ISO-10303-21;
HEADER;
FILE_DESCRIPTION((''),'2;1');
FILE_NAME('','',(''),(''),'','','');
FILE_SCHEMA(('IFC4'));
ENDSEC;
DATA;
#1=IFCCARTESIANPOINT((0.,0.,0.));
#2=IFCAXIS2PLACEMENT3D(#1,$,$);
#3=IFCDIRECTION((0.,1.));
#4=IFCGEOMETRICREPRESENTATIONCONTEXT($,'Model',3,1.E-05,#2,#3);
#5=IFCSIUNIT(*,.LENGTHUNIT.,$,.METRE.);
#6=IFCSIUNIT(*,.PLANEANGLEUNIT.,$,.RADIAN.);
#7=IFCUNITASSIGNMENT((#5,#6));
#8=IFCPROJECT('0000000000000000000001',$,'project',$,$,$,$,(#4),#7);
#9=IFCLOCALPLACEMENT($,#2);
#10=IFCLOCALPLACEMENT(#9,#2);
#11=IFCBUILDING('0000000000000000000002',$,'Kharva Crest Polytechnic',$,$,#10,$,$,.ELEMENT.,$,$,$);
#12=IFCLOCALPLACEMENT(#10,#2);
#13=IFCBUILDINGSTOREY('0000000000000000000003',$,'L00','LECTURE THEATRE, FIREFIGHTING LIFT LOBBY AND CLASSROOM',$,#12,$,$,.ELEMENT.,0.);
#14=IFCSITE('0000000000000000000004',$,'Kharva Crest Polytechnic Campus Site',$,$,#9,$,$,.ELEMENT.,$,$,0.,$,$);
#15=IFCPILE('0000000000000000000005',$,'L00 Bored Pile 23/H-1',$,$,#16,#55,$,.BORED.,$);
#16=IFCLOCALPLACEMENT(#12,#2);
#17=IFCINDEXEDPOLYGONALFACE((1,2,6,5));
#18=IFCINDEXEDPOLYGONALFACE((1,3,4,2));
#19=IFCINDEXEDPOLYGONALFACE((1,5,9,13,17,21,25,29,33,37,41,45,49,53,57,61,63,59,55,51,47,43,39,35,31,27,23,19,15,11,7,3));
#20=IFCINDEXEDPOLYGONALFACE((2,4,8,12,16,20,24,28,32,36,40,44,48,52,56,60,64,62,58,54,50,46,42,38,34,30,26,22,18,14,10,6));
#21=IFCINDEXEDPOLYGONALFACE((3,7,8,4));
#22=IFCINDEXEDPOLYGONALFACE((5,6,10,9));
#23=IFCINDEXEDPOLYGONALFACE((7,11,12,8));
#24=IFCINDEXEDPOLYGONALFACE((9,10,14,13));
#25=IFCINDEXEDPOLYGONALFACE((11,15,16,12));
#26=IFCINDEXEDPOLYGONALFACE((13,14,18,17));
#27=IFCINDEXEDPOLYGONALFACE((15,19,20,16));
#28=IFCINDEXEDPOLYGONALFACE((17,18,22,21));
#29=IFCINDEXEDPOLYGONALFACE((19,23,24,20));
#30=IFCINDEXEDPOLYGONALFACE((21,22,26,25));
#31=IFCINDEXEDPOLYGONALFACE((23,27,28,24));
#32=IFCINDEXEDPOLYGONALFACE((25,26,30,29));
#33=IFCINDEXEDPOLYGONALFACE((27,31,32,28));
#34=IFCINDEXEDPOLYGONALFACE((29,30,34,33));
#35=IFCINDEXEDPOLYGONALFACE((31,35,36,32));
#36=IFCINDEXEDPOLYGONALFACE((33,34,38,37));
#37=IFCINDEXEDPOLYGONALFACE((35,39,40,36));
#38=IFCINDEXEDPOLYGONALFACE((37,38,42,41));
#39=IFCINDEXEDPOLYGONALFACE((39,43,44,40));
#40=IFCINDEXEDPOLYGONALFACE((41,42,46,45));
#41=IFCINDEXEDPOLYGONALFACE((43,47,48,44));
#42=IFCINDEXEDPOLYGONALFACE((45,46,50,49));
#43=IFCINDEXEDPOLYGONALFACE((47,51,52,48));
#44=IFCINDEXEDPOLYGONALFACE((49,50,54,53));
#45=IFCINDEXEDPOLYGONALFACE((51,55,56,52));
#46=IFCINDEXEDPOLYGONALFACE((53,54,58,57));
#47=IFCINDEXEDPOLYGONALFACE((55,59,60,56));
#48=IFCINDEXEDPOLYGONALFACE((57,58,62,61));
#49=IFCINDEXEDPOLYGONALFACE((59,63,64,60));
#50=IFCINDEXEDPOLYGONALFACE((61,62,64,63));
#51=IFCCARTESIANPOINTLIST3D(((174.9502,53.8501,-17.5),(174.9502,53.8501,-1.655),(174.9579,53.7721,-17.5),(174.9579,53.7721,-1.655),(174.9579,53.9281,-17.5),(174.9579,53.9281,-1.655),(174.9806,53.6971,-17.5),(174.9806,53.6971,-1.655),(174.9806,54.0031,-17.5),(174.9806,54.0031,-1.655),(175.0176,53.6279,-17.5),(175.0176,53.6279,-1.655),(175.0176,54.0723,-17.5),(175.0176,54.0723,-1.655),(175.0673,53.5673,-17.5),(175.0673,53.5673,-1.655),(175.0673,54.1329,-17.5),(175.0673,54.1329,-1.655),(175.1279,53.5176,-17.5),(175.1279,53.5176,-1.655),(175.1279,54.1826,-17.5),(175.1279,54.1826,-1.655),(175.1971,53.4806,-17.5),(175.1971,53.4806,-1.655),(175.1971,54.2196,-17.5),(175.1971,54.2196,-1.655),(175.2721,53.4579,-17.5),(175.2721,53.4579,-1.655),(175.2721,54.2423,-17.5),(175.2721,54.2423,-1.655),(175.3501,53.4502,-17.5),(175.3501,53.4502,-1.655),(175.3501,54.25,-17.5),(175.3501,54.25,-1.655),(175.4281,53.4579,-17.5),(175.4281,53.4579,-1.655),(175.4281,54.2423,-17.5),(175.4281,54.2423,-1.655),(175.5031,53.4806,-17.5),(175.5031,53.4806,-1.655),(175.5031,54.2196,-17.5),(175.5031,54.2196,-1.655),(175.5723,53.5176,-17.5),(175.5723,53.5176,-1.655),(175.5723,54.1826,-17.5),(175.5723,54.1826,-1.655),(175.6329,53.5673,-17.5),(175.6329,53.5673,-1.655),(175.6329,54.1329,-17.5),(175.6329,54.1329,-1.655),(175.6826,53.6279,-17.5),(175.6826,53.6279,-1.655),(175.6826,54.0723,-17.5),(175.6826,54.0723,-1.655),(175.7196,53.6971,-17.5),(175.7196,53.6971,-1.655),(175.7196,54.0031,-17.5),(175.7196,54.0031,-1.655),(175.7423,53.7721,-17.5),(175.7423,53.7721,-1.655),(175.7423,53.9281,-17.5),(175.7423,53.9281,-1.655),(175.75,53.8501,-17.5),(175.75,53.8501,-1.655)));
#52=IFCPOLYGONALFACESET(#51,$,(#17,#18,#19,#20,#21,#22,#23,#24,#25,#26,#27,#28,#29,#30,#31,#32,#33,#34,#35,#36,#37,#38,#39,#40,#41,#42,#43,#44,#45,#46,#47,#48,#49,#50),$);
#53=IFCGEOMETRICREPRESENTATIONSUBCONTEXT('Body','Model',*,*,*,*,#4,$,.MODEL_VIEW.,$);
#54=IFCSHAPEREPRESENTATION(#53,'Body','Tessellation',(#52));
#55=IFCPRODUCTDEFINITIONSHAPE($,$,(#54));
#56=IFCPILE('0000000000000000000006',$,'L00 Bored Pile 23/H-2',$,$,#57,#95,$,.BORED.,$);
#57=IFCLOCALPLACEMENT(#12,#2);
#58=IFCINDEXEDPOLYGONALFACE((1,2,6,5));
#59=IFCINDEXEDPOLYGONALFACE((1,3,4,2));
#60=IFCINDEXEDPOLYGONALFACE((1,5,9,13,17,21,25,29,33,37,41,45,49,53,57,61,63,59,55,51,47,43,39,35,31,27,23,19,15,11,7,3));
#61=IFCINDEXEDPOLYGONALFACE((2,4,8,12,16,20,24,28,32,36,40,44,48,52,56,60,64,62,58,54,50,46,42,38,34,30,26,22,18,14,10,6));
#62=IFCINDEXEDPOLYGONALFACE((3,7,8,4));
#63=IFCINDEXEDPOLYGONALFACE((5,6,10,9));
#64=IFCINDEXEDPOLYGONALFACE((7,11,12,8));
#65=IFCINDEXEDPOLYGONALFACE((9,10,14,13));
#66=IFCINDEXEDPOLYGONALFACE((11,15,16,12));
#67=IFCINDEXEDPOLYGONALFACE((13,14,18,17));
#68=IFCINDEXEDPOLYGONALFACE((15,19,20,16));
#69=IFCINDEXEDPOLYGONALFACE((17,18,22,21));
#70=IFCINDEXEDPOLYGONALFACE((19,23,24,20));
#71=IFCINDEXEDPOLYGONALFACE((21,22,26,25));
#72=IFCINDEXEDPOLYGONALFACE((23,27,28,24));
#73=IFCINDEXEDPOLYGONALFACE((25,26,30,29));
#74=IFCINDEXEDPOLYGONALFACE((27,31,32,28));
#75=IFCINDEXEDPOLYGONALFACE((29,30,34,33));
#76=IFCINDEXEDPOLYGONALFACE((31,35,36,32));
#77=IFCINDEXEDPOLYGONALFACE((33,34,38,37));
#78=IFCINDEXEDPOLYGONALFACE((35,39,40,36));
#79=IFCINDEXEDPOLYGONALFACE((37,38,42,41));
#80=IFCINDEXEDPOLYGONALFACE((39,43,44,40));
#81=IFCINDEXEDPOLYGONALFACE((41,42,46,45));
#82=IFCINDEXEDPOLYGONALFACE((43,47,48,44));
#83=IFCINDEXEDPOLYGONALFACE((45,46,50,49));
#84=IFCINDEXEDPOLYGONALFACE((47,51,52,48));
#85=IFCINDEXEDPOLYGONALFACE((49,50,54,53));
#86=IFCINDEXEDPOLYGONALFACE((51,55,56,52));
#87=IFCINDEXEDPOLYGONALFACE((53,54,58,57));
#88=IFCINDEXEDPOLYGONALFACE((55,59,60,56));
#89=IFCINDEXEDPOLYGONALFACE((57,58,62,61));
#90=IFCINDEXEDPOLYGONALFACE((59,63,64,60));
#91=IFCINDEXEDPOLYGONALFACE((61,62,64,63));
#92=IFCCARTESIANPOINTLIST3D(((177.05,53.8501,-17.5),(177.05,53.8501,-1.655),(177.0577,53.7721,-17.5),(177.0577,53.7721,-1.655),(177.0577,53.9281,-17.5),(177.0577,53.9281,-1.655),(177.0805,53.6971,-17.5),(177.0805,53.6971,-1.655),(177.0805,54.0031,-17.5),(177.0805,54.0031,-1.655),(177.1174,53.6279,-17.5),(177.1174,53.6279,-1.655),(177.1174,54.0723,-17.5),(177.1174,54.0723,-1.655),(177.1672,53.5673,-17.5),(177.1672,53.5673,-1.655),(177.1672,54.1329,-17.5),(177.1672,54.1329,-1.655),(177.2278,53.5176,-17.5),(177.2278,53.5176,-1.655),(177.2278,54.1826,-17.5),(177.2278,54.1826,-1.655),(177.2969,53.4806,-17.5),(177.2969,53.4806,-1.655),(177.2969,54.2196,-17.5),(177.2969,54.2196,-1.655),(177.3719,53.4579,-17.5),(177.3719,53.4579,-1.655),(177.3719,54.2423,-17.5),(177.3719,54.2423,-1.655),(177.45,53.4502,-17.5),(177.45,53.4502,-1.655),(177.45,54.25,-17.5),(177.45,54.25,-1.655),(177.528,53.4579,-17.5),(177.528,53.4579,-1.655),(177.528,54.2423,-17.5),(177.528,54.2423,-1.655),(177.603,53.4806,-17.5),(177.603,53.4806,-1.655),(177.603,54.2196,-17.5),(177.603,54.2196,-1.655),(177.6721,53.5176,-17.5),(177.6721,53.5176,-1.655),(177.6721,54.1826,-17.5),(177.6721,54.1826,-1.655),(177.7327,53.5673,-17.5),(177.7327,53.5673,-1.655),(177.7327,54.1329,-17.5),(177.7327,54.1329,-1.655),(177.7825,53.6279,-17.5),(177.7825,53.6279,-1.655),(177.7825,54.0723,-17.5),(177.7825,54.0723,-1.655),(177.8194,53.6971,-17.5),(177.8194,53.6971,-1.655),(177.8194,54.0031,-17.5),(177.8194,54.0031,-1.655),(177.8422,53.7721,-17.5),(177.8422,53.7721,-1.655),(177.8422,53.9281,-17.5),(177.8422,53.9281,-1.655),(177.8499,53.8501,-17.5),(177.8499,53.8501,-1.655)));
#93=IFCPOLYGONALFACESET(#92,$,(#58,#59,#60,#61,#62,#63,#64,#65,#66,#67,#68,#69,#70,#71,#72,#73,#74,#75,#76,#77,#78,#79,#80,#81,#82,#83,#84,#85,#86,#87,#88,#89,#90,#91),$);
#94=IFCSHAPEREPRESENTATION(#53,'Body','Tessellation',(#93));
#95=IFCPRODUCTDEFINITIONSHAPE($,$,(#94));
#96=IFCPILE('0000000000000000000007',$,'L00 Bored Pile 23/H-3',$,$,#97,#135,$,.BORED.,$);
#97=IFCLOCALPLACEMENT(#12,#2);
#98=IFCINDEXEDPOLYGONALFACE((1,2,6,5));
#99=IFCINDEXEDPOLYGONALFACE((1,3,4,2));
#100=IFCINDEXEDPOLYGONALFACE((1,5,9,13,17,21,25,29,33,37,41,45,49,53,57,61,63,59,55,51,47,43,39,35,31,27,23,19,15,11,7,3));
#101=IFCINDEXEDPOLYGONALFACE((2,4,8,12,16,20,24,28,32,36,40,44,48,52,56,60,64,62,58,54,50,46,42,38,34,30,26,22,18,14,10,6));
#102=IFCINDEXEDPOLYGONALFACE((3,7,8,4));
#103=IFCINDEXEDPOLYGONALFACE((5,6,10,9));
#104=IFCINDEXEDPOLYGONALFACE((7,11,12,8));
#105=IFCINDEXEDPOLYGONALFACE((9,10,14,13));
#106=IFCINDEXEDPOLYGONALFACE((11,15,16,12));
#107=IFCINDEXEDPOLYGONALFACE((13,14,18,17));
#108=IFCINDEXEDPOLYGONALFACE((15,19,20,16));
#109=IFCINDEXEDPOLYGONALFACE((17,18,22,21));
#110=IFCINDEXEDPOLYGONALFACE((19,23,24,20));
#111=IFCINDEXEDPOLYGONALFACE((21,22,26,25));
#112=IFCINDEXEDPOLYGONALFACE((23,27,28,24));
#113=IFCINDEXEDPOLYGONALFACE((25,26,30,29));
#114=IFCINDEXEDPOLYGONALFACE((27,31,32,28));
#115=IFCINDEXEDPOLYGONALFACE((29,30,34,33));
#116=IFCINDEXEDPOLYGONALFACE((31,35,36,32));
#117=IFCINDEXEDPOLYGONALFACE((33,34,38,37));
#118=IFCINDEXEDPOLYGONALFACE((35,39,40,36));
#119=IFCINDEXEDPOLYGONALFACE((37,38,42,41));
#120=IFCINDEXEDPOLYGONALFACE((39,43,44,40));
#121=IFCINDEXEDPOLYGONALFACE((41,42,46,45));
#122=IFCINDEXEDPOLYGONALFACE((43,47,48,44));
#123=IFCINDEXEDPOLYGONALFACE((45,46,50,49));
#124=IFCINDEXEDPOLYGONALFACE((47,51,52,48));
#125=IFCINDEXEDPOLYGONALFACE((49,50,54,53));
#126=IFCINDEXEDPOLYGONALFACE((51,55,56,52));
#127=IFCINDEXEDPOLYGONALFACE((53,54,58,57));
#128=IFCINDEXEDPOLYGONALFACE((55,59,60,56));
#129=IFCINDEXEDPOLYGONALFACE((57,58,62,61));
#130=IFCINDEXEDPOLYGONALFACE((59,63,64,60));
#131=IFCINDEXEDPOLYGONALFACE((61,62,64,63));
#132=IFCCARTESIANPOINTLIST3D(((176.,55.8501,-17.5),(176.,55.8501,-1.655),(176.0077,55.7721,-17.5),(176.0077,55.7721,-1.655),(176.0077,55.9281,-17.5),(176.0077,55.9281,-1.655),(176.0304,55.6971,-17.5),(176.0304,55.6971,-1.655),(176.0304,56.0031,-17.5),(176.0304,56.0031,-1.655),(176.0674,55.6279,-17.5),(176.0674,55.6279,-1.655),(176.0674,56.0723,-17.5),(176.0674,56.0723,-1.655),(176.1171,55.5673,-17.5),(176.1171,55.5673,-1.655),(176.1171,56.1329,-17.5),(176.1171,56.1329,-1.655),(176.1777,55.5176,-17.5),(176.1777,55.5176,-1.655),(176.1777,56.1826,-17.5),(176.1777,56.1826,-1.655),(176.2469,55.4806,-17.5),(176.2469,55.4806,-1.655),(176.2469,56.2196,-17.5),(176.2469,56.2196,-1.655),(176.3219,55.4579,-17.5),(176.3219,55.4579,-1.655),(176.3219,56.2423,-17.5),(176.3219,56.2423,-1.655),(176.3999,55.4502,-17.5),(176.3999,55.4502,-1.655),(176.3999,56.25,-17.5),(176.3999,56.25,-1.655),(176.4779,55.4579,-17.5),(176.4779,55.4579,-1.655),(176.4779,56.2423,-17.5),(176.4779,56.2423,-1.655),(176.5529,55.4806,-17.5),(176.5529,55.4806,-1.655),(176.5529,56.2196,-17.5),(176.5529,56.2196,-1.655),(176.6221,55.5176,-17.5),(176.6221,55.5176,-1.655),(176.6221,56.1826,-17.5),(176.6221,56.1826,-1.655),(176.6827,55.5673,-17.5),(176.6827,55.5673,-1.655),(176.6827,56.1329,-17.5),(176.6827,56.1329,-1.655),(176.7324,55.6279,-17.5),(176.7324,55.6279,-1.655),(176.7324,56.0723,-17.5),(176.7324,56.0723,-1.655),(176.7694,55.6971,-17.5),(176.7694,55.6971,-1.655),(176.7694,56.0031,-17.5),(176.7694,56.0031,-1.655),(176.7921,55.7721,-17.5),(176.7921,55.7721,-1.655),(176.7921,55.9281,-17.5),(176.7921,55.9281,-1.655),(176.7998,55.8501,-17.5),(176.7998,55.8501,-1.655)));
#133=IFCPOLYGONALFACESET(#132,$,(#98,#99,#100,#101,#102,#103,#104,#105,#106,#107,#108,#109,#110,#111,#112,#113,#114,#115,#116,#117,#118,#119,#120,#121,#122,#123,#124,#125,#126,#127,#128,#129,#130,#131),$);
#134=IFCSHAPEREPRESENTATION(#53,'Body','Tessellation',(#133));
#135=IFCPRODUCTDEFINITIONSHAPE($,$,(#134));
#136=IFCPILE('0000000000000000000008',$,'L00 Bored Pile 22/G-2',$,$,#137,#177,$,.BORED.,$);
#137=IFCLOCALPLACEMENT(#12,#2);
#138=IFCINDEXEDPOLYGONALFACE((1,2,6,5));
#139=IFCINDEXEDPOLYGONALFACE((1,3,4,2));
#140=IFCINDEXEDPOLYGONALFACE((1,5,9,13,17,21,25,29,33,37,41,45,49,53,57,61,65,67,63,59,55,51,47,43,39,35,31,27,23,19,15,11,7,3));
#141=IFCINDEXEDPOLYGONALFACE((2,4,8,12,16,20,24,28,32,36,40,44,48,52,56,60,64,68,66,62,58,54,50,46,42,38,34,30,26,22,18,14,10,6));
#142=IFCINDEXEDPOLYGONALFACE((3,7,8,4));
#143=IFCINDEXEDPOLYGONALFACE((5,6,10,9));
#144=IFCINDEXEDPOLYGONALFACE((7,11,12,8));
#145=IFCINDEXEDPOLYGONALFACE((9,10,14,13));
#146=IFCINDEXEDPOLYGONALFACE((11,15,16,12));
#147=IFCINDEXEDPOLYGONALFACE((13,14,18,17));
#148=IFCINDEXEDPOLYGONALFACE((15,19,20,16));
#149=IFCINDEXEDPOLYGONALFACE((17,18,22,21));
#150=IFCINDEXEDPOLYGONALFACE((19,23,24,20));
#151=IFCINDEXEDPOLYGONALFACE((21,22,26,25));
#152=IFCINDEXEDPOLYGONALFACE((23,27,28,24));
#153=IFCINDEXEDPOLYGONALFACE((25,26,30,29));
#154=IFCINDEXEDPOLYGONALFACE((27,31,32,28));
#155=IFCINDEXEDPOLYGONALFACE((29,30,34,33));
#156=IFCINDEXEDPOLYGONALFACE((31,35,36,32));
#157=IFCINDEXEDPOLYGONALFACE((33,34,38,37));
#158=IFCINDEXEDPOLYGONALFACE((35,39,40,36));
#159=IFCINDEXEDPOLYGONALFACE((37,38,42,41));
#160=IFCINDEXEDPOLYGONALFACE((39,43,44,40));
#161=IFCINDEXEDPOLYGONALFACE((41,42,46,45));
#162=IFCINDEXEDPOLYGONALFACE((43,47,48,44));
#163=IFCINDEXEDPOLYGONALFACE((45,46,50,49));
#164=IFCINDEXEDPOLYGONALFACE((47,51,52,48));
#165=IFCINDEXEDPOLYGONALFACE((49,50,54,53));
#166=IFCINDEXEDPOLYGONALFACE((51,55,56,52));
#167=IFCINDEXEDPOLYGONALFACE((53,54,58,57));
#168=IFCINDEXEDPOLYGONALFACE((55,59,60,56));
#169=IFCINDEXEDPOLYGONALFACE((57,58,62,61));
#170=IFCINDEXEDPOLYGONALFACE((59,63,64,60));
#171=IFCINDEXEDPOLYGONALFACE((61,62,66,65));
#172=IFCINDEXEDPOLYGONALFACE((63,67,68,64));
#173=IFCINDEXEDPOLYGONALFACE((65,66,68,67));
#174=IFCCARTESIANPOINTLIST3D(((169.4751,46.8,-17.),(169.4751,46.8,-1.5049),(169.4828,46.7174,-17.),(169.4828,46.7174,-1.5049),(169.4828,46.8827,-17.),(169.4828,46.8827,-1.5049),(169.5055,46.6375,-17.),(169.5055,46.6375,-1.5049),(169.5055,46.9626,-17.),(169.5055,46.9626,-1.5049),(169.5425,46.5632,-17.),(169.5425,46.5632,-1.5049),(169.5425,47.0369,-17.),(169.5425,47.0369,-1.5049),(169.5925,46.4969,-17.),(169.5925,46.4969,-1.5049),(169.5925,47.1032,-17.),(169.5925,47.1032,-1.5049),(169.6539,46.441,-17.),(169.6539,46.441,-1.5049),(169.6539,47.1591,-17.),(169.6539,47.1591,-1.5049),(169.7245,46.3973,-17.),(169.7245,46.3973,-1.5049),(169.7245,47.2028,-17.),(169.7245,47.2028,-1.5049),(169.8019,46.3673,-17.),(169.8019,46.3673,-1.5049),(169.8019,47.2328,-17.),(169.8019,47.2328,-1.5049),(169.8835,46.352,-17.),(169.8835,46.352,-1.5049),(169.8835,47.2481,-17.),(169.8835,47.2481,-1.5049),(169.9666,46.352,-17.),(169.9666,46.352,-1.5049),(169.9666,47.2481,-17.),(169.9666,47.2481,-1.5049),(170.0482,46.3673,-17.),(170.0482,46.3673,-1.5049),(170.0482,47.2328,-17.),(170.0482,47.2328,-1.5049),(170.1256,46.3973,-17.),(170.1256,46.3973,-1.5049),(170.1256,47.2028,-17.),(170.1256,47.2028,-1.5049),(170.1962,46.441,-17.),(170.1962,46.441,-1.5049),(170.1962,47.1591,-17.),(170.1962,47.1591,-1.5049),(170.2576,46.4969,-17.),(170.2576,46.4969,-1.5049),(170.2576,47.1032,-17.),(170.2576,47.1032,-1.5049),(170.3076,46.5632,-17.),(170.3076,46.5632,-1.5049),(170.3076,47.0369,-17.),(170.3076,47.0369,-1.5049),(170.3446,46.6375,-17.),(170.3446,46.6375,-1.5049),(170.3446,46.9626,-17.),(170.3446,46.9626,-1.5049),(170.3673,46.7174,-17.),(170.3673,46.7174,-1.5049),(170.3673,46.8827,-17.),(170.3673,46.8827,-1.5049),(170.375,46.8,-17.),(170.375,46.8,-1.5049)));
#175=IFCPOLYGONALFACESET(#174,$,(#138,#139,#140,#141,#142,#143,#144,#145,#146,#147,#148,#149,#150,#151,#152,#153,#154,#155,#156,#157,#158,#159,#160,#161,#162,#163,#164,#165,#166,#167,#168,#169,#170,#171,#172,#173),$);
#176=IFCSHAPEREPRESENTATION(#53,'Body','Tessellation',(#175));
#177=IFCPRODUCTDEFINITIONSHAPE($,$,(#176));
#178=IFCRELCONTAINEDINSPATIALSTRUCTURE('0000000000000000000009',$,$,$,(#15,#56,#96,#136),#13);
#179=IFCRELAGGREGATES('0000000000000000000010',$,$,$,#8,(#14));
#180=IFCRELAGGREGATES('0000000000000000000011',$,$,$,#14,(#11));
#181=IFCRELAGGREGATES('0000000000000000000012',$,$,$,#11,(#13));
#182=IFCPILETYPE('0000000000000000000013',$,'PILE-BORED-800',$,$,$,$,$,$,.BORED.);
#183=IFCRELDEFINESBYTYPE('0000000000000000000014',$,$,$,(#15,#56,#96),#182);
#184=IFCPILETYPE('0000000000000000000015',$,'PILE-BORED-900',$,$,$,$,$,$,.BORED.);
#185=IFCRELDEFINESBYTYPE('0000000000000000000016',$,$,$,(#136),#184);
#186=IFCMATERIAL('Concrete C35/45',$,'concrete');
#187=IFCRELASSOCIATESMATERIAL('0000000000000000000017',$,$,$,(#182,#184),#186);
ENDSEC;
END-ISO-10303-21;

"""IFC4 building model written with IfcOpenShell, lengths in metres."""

from ifc_helpers import new_model, si_unit, direction, frame, origin, origin_2d, place, context, subcontext, project, spatial, circle, extrude, material, material_profile, profile_set, type_object, element, save


model = new_model("IFC4")

# Units and contexts
model_context = context("Model", 3, precision=1e-05, world=origin(), true_north=direction((0.0, 1.0)))
body_context = subcontext(model_context, "Body", "Model", "MODEL_VIEW")
ifc_project = project(units=[si_unit("LENGTHUNIT", "METRE"), si_unit("PLANEANGLEUNIT", "RADIAN")], contexts=[model_context])

# Site, building, storey
site_placement = place(None, origin())
site = spatial("IfcSite", under=ifc_project, at=site_placement, Name="Kharva Crest Polytechnic Campus Site", CompositionType="ELEMENT", RefElevation=0.0)
building_placement = place(site_placement, origin())
building = spatial("IfcBuilding", under=site, at=building_placement, Name="Kharva Crest Polytechnic", CompositionType="ELEMENT")
storey_placement = place(building_placement, origin())
storey = spatial("IfcBuildingStorey", under=building, at=storey_placement, Name="L00", Description="LECTURE THEATRE, FIREFIGHTING LIFT LOBBY AND CLASSROOM", CompositionType="ELEMENT", Elevation=0.0)

# Shared definitions
ifc_material_1 = material(Name="Concrete C35/45", Category="concrete")

# Piles
ifc_material_profile_1 = material_profile(ifc_material_1, circle(Radius=0.3999, at=origin_2d()), Name="DIA 800")
ifc_profile_set_1 = profile_set([ifc_material_profile_1], Name="Concrete C35/45")
pile_type_1 = type_object("IfcPileType", Name="PILE-BORED-800", PredefinedType="BORED", material=ifc_profile_set_1)
for number, where, z_axis, x_axis, name in (
    (1, (175.3501, 53.8501, -1.655), (0.0, 0.0, -1.0), (1.0, 0.0, 0.0), "L00 Bored Pile 23/H-1"),
    (2, (177.45, 53.8501, -1.655), (0.0, 0.0, -1.0), (1.0, 0.0, 0.0), "L00 Bored Pile 23/H-2"),
    (3, (176.3999, 55.8501, -1.655), (0.0, 0.0, -1.0), (1.0, 0.0, 0.0), "L00 Bored Pile 23/H-3"),
):
    element("IfcPile", number, at=place(storey_placement, frame(where, z_axis=z_axis, x_axis=x_axis)), inside=storey, type_object=pile_type_1, Name=name, PredefinedType="BORED", context=body_context, shape_type="SweptSolid", body=[
        extrude(circle(Radius=0.3999, at=origin_2d()), origin(), (0.0, 0.0, 1.0), 15.845),
    ])
ifc_material_profile_2 = material_profile(ifc_material_1, circle(Radius=0.45, at=origin_2d()), Name="DIA 900")
ifc_profile_set_2 = profile_set([ifc_material_profile_2], Name="Concrete C35/45")
pile_type_2 = type_object("IfcPileType", Name="PILE-BORED-900", PredefinedType="BORED", material=ifc_profile_set_2)
for number, where, z_axis, x_axis, name in (
    (4, (169.925, 46.8, -1.5049), (0.0, 0.0, -1.0), (1.0, 0.0, 0.0), "L00 Bored Pile 22/G-2"),
):
    element("IfcPile", number, at=place(storey_placement, frame(where, z_axis=z_axis, x_axis=x_axis)), inside=storey, type_object=pile_type_2, Name=name, PredefinedType="BORED", context=body_context, shape_type="SweptSolid", body=[
        extrude(circle(Radius=0.45, at=origin_2d()), origin(), (0.0, 0.0, 1.0), 15.4951),
    ])

save(model, "model.ifc")
